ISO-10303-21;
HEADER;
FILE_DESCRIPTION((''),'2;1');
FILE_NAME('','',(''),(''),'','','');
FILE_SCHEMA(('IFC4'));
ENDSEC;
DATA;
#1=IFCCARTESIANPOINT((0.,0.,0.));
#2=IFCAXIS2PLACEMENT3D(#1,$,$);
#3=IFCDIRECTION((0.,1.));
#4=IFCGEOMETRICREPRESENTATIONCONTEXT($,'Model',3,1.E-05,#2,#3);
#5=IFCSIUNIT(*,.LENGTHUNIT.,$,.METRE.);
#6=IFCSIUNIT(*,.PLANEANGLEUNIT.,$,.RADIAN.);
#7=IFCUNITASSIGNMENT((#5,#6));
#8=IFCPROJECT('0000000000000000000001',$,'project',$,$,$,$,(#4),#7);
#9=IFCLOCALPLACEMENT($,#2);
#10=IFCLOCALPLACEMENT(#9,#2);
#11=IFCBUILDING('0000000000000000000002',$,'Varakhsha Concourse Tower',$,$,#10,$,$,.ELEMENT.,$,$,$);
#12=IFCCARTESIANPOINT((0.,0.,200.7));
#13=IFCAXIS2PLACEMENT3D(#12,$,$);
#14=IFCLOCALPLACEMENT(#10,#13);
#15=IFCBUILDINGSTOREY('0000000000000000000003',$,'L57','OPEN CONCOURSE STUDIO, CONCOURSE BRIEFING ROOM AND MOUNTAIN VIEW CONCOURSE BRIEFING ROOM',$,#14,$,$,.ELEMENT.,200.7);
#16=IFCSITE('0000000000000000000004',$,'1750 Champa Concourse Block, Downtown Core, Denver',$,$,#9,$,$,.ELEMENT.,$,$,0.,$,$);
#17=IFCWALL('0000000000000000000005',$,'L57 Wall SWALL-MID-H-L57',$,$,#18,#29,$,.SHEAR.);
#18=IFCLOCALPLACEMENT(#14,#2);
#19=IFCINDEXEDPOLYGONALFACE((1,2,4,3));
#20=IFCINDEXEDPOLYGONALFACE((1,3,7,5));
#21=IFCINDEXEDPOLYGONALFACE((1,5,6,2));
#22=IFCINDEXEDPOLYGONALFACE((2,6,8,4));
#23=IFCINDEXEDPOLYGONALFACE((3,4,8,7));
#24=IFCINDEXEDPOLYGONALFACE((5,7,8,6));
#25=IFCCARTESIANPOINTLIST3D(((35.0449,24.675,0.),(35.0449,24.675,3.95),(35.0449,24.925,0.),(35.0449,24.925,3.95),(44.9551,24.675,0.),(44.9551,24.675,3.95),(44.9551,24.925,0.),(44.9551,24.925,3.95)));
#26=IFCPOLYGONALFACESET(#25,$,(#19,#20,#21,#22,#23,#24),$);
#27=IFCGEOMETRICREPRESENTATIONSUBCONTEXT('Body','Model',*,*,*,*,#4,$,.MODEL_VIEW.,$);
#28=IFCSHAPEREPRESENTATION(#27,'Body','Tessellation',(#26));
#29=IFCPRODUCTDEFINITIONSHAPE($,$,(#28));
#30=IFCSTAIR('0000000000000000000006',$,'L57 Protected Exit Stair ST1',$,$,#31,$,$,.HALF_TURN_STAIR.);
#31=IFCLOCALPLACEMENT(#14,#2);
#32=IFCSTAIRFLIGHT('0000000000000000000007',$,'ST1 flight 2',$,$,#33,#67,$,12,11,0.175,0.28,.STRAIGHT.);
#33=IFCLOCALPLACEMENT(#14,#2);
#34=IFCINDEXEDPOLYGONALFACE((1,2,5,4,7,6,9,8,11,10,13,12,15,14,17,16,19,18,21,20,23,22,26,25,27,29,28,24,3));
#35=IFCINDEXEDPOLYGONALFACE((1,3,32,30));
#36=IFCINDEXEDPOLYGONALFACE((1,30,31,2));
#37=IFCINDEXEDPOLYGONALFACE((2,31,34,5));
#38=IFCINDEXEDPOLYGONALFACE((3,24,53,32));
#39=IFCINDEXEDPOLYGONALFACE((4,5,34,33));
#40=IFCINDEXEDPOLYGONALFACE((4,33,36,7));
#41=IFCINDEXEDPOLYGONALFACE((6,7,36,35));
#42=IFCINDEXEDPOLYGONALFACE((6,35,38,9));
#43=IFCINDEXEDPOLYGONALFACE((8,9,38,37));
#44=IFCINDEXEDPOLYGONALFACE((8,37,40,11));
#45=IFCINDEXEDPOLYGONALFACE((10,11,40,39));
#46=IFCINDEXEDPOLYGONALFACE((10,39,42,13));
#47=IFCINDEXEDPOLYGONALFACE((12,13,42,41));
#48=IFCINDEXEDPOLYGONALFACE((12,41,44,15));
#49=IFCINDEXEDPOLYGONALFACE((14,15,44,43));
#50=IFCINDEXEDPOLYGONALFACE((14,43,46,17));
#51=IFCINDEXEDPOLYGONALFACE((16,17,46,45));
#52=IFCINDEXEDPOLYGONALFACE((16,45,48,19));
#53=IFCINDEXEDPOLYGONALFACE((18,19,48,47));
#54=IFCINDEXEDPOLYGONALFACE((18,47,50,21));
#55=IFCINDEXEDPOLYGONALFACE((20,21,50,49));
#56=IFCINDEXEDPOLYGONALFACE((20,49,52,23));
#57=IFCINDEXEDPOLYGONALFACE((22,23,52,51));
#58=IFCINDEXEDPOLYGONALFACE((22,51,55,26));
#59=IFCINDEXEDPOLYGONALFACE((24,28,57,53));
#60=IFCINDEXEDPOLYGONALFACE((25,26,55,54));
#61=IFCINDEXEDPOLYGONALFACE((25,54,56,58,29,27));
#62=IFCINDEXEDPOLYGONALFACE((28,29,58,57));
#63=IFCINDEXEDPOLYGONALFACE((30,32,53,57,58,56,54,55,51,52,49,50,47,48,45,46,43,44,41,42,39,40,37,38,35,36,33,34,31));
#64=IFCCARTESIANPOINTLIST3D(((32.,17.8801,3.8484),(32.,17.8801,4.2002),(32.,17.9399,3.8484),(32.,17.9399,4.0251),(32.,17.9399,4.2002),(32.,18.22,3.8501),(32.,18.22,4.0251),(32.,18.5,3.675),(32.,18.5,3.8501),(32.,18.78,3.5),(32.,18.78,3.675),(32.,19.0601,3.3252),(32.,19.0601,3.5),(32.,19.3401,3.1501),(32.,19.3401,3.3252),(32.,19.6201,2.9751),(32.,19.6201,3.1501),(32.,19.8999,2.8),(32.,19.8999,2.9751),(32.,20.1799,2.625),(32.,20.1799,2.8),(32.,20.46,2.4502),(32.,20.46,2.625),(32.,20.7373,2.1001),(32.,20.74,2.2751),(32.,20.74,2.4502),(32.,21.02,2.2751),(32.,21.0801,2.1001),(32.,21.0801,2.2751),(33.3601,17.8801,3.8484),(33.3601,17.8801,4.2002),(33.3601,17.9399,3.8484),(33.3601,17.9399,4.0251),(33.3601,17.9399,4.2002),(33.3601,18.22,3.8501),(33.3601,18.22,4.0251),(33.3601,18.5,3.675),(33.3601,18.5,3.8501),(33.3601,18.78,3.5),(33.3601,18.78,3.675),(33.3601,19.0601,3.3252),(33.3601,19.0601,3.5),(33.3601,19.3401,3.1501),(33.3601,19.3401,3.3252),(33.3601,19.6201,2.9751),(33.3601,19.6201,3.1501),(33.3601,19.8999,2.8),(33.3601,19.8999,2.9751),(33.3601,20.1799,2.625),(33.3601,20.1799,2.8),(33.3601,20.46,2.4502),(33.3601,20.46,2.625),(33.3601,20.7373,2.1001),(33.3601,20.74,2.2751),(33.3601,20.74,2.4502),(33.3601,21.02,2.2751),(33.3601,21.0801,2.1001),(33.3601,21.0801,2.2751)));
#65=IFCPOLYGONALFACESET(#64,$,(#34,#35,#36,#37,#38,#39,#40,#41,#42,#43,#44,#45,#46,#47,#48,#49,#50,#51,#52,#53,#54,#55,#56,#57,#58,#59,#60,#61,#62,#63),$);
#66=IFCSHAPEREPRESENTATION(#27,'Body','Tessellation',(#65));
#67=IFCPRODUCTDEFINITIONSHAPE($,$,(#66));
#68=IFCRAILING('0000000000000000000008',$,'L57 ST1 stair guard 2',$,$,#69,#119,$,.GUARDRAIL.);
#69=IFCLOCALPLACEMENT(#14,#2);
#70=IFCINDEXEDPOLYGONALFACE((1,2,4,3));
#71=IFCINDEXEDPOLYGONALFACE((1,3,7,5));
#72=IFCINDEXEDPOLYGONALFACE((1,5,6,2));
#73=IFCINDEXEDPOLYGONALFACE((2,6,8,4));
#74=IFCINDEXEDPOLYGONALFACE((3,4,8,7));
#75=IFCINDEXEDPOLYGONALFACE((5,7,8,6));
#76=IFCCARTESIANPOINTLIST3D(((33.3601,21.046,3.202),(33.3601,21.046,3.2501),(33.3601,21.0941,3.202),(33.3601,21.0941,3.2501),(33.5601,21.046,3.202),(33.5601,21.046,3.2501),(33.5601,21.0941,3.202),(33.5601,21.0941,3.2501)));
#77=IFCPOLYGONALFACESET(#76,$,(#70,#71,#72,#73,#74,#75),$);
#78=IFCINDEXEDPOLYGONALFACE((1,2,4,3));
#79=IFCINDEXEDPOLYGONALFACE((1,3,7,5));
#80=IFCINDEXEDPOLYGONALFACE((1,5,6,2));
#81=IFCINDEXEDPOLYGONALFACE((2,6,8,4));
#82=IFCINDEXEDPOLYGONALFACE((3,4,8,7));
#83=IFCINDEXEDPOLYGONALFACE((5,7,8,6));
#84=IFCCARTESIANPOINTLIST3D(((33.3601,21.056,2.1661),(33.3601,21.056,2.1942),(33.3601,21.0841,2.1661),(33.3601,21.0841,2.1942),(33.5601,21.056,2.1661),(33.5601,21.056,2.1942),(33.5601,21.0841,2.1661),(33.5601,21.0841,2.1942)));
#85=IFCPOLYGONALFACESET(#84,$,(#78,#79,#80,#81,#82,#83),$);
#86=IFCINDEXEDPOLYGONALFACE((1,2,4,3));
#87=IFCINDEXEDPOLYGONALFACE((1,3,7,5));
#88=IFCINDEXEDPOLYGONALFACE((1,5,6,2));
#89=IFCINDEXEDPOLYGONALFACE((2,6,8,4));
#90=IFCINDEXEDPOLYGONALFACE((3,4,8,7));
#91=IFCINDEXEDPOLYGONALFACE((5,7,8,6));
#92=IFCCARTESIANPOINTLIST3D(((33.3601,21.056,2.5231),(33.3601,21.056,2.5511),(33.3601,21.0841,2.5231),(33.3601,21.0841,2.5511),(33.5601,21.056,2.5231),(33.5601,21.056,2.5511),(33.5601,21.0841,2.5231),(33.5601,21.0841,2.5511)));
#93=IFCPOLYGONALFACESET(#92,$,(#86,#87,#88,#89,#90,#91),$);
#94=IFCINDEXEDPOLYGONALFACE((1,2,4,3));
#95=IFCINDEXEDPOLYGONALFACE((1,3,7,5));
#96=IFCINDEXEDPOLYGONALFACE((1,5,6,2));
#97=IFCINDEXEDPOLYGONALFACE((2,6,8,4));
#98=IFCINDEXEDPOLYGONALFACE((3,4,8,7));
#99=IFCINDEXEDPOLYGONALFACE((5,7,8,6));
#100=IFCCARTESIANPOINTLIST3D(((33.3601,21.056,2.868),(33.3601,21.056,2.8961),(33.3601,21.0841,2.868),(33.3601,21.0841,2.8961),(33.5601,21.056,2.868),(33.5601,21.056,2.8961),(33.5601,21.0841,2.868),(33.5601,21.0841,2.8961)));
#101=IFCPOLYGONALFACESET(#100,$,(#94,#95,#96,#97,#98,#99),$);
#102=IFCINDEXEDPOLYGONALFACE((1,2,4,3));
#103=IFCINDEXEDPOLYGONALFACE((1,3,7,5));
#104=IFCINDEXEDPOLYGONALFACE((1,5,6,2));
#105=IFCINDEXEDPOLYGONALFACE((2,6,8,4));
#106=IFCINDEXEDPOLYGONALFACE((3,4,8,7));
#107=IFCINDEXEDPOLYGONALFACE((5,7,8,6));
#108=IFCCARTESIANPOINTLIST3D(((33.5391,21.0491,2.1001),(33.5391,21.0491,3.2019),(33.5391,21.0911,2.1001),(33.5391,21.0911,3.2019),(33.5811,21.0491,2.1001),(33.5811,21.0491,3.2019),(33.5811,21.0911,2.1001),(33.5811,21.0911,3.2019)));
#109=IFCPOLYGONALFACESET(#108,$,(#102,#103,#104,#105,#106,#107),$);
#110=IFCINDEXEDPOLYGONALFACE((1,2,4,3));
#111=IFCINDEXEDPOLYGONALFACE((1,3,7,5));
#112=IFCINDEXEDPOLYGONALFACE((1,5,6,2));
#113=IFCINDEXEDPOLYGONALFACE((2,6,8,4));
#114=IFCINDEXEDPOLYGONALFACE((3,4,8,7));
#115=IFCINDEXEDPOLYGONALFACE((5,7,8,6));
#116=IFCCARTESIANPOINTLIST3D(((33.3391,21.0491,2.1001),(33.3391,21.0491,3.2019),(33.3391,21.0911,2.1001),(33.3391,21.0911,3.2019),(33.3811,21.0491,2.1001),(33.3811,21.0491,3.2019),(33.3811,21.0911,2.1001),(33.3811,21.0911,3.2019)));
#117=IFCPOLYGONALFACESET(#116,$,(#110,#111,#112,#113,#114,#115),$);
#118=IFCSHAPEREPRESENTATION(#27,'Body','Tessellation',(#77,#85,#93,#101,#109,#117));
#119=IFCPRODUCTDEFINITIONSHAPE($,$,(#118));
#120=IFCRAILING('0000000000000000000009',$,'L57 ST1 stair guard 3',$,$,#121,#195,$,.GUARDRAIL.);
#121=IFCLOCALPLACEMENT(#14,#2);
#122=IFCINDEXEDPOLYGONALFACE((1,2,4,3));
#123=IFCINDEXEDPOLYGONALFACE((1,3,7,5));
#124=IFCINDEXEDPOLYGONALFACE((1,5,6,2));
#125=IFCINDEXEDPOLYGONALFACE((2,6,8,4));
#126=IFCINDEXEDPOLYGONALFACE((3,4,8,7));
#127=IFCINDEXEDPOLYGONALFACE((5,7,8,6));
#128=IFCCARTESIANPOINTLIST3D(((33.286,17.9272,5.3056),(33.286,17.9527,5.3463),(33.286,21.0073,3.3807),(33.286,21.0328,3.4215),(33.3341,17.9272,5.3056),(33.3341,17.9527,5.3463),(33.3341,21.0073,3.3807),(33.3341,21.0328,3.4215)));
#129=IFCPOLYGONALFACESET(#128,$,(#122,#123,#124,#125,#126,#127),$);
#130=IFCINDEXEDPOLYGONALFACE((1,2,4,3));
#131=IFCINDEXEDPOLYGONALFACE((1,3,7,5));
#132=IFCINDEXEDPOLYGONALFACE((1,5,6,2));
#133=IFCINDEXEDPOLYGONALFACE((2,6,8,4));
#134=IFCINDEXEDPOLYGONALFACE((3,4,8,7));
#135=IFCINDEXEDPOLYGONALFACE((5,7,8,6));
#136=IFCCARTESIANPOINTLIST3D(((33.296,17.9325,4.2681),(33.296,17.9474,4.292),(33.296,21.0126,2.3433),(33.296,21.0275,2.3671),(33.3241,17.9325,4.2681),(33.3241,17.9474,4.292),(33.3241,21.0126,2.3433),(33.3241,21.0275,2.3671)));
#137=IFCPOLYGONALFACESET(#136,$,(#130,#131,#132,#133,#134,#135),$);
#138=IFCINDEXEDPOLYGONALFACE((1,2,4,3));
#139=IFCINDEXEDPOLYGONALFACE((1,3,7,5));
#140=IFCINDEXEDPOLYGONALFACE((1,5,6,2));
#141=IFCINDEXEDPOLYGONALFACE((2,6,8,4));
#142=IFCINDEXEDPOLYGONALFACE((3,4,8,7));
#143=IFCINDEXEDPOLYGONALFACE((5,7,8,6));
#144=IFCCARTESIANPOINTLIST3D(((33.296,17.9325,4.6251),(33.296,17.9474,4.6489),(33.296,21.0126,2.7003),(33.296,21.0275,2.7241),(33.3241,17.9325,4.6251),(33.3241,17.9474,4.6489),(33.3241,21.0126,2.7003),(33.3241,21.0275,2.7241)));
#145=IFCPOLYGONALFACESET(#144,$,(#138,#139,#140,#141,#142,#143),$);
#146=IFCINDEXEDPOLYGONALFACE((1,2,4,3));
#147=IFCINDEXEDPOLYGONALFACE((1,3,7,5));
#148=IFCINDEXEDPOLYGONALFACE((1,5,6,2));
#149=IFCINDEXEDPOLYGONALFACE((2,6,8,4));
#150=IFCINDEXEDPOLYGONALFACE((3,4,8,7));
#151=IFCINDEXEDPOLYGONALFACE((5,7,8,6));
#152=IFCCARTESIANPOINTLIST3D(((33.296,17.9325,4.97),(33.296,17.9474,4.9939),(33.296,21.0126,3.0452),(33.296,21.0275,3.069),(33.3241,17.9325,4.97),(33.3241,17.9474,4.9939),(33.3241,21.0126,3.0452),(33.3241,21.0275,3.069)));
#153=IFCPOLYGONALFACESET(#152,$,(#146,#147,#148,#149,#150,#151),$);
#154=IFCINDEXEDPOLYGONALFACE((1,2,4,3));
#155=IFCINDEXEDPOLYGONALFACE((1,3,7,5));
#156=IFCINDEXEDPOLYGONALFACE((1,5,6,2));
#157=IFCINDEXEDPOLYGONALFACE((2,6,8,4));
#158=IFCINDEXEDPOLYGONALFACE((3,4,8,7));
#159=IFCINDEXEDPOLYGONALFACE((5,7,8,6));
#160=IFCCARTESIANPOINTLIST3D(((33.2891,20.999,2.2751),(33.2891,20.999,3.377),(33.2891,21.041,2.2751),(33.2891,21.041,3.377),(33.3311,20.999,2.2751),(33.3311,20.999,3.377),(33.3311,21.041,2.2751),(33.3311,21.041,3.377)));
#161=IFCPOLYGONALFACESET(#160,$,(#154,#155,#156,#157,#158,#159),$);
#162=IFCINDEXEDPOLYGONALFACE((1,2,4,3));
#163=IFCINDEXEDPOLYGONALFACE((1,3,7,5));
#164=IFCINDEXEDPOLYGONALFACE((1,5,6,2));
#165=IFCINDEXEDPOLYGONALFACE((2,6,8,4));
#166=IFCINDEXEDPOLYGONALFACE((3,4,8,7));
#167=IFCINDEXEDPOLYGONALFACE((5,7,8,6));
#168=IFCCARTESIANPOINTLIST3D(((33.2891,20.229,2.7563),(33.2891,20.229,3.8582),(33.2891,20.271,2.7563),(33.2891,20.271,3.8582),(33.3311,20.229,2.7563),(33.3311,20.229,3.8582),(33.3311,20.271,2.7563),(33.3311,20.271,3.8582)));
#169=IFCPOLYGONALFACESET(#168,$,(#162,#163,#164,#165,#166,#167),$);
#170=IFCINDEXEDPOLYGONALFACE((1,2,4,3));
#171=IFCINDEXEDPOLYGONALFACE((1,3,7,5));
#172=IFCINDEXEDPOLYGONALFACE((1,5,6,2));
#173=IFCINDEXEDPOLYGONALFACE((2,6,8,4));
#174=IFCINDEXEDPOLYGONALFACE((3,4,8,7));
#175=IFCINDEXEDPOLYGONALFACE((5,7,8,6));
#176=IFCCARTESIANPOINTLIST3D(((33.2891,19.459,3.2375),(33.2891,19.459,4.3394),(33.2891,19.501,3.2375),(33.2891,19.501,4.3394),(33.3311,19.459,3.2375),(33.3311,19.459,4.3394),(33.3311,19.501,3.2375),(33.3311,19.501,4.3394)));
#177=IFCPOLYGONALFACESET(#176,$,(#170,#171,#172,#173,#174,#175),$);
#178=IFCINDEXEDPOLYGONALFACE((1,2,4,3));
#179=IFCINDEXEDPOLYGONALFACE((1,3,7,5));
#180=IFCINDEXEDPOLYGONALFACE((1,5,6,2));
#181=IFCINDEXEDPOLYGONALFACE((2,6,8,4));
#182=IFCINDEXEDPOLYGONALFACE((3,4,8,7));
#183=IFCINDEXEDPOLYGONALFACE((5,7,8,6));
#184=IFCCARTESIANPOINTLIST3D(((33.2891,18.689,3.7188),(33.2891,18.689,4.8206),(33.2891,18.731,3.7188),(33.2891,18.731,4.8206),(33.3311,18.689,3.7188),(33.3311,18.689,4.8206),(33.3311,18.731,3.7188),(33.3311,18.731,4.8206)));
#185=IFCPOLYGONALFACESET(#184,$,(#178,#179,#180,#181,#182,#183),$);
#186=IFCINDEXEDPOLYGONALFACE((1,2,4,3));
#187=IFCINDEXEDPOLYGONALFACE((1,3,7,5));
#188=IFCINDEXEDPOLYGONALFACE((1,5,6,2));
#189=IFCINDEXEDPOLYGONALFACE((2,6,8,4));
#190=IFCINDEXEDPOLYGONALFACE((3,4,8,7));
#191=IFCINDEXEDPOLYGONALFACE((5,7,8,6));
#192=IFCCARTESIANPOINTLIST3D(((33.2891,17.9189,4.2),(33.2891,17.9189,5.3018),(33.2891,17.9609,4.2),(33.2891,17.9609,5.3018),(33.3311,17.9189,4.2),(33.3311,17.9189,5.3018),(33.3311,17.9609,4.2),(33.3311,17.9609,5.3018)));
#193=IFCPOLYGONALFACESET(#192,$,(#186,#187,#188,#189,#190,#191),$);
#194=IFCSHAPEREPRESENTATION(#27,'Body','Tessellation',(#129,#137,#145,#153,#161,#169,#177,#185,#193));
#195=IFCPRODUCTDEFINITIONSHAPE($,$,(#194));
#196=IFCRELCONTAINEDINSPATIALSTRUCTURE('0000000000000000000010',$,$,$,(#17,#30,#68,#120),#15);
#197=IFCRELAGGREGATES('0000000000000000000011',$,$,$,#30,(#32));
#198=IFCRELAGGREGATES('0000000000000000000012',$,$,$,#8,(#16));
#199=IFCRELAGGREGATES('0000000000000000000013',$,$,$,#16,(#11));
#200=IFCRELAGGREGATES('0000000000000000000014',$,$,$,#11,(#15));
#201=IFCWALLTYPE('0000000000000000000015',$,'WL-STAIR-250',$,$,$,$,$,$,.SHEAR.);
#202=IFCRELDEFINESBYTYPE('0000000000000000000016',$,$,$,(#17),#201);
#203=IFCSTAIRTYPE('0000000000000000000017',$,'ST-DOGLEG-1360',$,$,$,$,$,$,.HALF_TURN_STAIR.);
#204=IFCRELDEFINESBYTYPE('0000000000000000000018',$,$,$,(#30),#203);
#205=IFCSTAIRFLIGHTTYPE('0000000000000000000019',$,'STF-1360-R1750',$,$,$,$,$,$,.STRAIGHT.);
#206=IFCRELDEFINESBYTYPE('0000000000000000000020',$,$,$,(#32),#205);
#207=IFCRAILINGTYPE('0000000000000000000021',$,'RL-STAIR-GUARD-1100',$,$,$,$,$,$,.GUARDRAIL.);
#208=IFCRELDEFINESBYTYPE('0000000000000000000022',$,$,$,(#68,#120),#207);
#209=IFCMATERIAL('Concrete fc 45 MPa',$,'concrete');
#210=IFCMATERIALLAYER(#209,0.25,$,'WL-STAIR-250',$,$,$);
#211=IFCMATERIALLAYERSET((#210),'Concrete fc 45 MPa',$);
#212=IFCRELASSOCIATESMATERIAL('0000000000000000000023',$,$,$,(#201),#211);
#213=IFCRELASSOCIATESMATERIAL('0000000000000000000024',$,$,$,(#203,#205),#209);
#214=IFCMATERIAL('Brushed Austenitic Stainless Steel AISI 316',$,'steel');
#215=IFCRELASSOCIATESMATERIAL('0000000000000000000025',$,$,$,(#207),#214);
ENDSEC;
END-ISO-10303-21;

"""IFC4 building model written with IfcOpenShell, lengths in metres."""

from ifc_helpers import new_model, si_unit, direction, frame, frame_2d, origin, origin_2d, place, context, subcontext, project, spatial, polyline, rectangle, outline, extrude, material, layer, layer_set, type_object, element, aggregate, save


model = new_model("IFC4")

# Units and contexts
model_context = context("Model", 3, precision=1e-05, world=origin(), true_north=direction((0.0, 1.0)))
body_context = subcontext(model_context, "Body", "Model", "MODEL_VIEW")
ifc_project = project(units=[si_unit("LENGTHUNIT", "METRE"), si_unit("PLANEANGLEUNIT", "RADIAN")], contexts=[model_context])

# Site, building, storey
site_placement = place(None, origin())
site = spatial("IfcSite", under=ifc_project, at=site_placement, Name="1750 Champa Concourse Block, Downtown Core, Denver", CompositionType="ELEMENT", RefElevation=0.0)
building_placement = place(site_placement, origin())
building = spatial("IfcBuilding", under=site, at=building_placement, Name="Varakhsha Concourse Tower", CompositionType="ELEMENT")
storey_placement = place(building_placement, frame((0.0, 0.0, 200.7)))
storey = spatial("IfcBuildingStorey", under=building, at=storey_placement, Name="L57", Description="OPEN CONCOURSE STUDIO, CONCOURSE BRIEFING ROOM AND MOUNTAIN VIEW CONCOURSE BRIEFING ROOM", CompositionType="ELEMENT", Elevation=200.7)

# Shared definitions
ifc_material_1 = material(Name="Brushed Austenitic Stainless Steel AISI 316", Category="steel")

# Wall
ifc_material_2 = material(Name="Concrete fc 45 MPa", Category="concrete")
ifc_layer_1 = layer(ifc_material_2, 0.25, Name="WL-STAIR-250")
ifc_layer_set_1 = layer_set([ifc_layer_1], Name="Concrete fc 45 MPa")
wall_type_1 = type_object("IfcWallType", Name="WL-STAIR-250", PredefinedType="SHEAR", material=ifc_layer_set_1)
wall_1_placement = place(storey_placement, frame((35.0449, 24.8, 0.0), z_axis=(0.0, 0.0, 1.0), x_axis=(1.0, 0.0, 0.0)))
element("IfcWall", 1, at=wall_1_placement, inside=storey, type_object=wall_type_1, Name="L57 Wall SWALL-MID-H-L57", PredefinedType="SHEAR", context=body_context, shape_type="SweptSolid", body=[
    extrude(rectangle(XDim=9.9102, YDim=0.25, at=frame_2d((4.9551, 0.0))), origin(), (0.0, 0.0, 1.0), 3.95),
])

# Stair, stair flight
stair_type = type_object("IfcStairType", Name="ST-DOGLEG-1360", PredefinedType="HALF_TURN_STAIR", material=ifc_material_2)
stair_placement = place(storey_placement, origin())
stair = element("IfcStair", 2, at=stair_placement, inside=storey, type_object=stair_type, Name="L57 Protected Exit Stair ST1", PredefinedType="HALF_TURN_STAIR")
stair_flight_type = type_object("IfcStairFlightType", Name="STF-1360-R1750", PredefinedType="STRAIGHT", material=ifc_material_2)
stair_flight_placement = place(storey_placement, frame((32.6799, 21.02, 2.1001), z_axis=(0.0, 0.0, 1.0), x_axis=(0.0, -1.0, 0.0)))
stair_flight = element("IfcStairFlight", 3, at=stair_flight_placement, type_object=stair_flight_type, Name="ST1 flight 2", NumberOfRisers=12, NumberOfTreads=11, PredefinedType="STRAIGHT", RiserHeight=0.175, TreadLength=0.28, context=body_context, shape_type="SweptSolid", body=[
    extrude(outline(polyline([(-0.0601, 0.0), (-0.0601, 0.175), (0.0, 0.175), (0.28, 0.175), (0.28, 0.3501), (0.5601, 0.3501), (0.5601, 0.5249), (0.8401, 0.5249), (0.8401, 0.7), (1.1201, 0.7), (1.1201, 0.875), (1.3999, 0.875), (1.3999, 1.05), (1.6799, 1.05), (1.6799, 1.2251), (1.96, 1.2251), (1.96, 1.3999), (2.24, 1.3999), (2.24, 1.575), (2.52, 1.575), (2.52, 1.75), (2.8, 1.75), (2.8, 1.925), (3.0801, 1.925), (3.0801, 2.1001), (3.1399, 2.1001), (3.1399, 1.7483), (3.0801, 1.7483), (0.2827, 0.0), (-0.0601, 0.0)])), frame((0.0, 0.6802, 0.0), z_axis=(0.0, -1.0, 0.0), x_axis=(1.0, 0.0, 0.0)), (0.0, 0.0, 1.0), 1.3601),
])
aggregate(stair, [stair_flight])

# Railings
railing_type = type_object("IfcRailingType", Name="RL-STAIR-GUARD-1100", PredefinedType="GUARDRAIL", material=ifc_material_1)
railing_1_placement = place(storey_placement, frame((33.5601, 21.0701, 2.1001)))
element("IfcRailing", 4, at=railing_1_placement, inside=storey, type_object=railing_type, Name="L57 ST1 stair guard 2", PredefinedType="GUARDRAIL", context=body_context, shape_type="SweptSolid", body=[
    extrude(rectangle(XDim=0.0481, YDim=0.0481, at=origin_2d()), frame((0.0, 0.0, 1.126), z_axis=(-1.0, 0.0, 0.0), x_axis=(0.0, -1.0, 0.0)), (0.0, 0.0, 1.0), 0.2),
    extrude(rectangle(XDim=0.0281, YDim=0.0281, at=origin_2d()), frame((0.0, 0.0, 0.0801), z_axis=(-1.0, 0.0, 0.0), x_axis=(0.0, -1.0, 0.0)), (0.0, 0.0, 1.0), 0.2),
    extrude(rectangle(XDim=0.0281, YDim=0.0281, at=origin_2d()), frame((0.0, 0.0, 0.437), z_axis=(-1.0, 0.0, 0.0), x_axis=(0.0, -1.0, 0.0)), (0.0, 0.0, 1.0), 0.2),
    extrude(rectangle(XDim=0.0281, YDim=0.0281, at=origin_2d()), frame((0.0, 0.0, 0.782), z_axis=(-1.0, 0.0, 0.0), x_axis=(0.0, -1.0, 0.0)), (0.0, 0.0, 1.0), 0.2),
    extrude(rectangle(XDim=0.042, YDim=0.042, at=origin_2d()), origin(), (0.0, 0.0, 1.0), 1.1018),
    extrude(rectangle(XDim=0.042, YDim=0.042, at=origin_2d()), frame((-0.2, 0.0, 0.0)), (0.0, 0.0, 1.0), 1.1018),
])
railing_2_placement = place(storey_placement, frame((33.3101, 21.02, 2.2751)))
element("IfcRailing", 5, at=railing_2_placement, inside=storey, type_object=railing_type, Name="L57 ST1 stair guard 3", PredefinedType="GUARDRAIL", context=body_context, shape_type="SweptSolid", body=[
    extrude(rectangle(XDim=0.0481, YDim=0.0481, at=origin_2d()), frame((0.0, 0.0, 1.126), z_axis=(0.0, -0.848029, 0.529951), x_axis=(1.0, 0.0, 0.0)), (0.0, 0.0, 1.0), 3.6321),
    extrude(rectangle(XDim=0.0281, YDim=0.0281, at=origin_2d()), frame((0.0, 0.0, 0.0801), z_axis=(0.0, -0.848029, 0.529951), x_axis=(1.0, 0.0, 0.0)), (0.0, 0.0, 1.0), 3.6321),
    extrude(rectangle(XDim=0.0281, YDim=0.0281, at=origin_2d()), frame((0.0, 0.0, 0.437), z_axis=(0.0, -0.848029, 0.529951), x_axis=(1.0, 0.0, 0.0)), (0.0, 0.0, 1.0), 3.6321),
    extrude(rectangle(XDim=0.0281, YDim=0.0281, at=origin_2d()), frame((0.0, 0.0, 0.782), z_axis=(0.0, -0.848029, 0.529951), x_axis=(1.0, 0.0, 0.0)), (0.0, 0.0, 1.0), 3.6321),
    extrude(rectangle(XDim=0.042, YDim=0.042, at=origin_2d()), origin(), (0.0, 0.0, 1.0), 1.1018),
    extrude(rectangle(XDim=0.042, YDim=0.042, at=origin_2d()), frame((0.0, -0.77, 0.4812)), (0.0, 0.0, 1.0), 1.1018),
    extrude(rectangle(XDim=0.042, YDim=0.042, at=origin_2d()), frame((0.0, -1.54, 0.9624)), (0.0, 0.0, 1.0), 1.1018),
    extrude(rectangle(XDim=0.042, YDim=0.042, at=origin_2d()), frame((0.0, -2.3101, 1.4436)), (0.0, 0.0, 1.0), 1.1018),
    extrude(rectangle(XDim=0.042, YDim=0.042, at=origin_2d()), frame((0.0, -3.0801, 1.9248)), (0.0, 0.0, 1.0), 1.1018),
])

save(model, "model.ifc")
